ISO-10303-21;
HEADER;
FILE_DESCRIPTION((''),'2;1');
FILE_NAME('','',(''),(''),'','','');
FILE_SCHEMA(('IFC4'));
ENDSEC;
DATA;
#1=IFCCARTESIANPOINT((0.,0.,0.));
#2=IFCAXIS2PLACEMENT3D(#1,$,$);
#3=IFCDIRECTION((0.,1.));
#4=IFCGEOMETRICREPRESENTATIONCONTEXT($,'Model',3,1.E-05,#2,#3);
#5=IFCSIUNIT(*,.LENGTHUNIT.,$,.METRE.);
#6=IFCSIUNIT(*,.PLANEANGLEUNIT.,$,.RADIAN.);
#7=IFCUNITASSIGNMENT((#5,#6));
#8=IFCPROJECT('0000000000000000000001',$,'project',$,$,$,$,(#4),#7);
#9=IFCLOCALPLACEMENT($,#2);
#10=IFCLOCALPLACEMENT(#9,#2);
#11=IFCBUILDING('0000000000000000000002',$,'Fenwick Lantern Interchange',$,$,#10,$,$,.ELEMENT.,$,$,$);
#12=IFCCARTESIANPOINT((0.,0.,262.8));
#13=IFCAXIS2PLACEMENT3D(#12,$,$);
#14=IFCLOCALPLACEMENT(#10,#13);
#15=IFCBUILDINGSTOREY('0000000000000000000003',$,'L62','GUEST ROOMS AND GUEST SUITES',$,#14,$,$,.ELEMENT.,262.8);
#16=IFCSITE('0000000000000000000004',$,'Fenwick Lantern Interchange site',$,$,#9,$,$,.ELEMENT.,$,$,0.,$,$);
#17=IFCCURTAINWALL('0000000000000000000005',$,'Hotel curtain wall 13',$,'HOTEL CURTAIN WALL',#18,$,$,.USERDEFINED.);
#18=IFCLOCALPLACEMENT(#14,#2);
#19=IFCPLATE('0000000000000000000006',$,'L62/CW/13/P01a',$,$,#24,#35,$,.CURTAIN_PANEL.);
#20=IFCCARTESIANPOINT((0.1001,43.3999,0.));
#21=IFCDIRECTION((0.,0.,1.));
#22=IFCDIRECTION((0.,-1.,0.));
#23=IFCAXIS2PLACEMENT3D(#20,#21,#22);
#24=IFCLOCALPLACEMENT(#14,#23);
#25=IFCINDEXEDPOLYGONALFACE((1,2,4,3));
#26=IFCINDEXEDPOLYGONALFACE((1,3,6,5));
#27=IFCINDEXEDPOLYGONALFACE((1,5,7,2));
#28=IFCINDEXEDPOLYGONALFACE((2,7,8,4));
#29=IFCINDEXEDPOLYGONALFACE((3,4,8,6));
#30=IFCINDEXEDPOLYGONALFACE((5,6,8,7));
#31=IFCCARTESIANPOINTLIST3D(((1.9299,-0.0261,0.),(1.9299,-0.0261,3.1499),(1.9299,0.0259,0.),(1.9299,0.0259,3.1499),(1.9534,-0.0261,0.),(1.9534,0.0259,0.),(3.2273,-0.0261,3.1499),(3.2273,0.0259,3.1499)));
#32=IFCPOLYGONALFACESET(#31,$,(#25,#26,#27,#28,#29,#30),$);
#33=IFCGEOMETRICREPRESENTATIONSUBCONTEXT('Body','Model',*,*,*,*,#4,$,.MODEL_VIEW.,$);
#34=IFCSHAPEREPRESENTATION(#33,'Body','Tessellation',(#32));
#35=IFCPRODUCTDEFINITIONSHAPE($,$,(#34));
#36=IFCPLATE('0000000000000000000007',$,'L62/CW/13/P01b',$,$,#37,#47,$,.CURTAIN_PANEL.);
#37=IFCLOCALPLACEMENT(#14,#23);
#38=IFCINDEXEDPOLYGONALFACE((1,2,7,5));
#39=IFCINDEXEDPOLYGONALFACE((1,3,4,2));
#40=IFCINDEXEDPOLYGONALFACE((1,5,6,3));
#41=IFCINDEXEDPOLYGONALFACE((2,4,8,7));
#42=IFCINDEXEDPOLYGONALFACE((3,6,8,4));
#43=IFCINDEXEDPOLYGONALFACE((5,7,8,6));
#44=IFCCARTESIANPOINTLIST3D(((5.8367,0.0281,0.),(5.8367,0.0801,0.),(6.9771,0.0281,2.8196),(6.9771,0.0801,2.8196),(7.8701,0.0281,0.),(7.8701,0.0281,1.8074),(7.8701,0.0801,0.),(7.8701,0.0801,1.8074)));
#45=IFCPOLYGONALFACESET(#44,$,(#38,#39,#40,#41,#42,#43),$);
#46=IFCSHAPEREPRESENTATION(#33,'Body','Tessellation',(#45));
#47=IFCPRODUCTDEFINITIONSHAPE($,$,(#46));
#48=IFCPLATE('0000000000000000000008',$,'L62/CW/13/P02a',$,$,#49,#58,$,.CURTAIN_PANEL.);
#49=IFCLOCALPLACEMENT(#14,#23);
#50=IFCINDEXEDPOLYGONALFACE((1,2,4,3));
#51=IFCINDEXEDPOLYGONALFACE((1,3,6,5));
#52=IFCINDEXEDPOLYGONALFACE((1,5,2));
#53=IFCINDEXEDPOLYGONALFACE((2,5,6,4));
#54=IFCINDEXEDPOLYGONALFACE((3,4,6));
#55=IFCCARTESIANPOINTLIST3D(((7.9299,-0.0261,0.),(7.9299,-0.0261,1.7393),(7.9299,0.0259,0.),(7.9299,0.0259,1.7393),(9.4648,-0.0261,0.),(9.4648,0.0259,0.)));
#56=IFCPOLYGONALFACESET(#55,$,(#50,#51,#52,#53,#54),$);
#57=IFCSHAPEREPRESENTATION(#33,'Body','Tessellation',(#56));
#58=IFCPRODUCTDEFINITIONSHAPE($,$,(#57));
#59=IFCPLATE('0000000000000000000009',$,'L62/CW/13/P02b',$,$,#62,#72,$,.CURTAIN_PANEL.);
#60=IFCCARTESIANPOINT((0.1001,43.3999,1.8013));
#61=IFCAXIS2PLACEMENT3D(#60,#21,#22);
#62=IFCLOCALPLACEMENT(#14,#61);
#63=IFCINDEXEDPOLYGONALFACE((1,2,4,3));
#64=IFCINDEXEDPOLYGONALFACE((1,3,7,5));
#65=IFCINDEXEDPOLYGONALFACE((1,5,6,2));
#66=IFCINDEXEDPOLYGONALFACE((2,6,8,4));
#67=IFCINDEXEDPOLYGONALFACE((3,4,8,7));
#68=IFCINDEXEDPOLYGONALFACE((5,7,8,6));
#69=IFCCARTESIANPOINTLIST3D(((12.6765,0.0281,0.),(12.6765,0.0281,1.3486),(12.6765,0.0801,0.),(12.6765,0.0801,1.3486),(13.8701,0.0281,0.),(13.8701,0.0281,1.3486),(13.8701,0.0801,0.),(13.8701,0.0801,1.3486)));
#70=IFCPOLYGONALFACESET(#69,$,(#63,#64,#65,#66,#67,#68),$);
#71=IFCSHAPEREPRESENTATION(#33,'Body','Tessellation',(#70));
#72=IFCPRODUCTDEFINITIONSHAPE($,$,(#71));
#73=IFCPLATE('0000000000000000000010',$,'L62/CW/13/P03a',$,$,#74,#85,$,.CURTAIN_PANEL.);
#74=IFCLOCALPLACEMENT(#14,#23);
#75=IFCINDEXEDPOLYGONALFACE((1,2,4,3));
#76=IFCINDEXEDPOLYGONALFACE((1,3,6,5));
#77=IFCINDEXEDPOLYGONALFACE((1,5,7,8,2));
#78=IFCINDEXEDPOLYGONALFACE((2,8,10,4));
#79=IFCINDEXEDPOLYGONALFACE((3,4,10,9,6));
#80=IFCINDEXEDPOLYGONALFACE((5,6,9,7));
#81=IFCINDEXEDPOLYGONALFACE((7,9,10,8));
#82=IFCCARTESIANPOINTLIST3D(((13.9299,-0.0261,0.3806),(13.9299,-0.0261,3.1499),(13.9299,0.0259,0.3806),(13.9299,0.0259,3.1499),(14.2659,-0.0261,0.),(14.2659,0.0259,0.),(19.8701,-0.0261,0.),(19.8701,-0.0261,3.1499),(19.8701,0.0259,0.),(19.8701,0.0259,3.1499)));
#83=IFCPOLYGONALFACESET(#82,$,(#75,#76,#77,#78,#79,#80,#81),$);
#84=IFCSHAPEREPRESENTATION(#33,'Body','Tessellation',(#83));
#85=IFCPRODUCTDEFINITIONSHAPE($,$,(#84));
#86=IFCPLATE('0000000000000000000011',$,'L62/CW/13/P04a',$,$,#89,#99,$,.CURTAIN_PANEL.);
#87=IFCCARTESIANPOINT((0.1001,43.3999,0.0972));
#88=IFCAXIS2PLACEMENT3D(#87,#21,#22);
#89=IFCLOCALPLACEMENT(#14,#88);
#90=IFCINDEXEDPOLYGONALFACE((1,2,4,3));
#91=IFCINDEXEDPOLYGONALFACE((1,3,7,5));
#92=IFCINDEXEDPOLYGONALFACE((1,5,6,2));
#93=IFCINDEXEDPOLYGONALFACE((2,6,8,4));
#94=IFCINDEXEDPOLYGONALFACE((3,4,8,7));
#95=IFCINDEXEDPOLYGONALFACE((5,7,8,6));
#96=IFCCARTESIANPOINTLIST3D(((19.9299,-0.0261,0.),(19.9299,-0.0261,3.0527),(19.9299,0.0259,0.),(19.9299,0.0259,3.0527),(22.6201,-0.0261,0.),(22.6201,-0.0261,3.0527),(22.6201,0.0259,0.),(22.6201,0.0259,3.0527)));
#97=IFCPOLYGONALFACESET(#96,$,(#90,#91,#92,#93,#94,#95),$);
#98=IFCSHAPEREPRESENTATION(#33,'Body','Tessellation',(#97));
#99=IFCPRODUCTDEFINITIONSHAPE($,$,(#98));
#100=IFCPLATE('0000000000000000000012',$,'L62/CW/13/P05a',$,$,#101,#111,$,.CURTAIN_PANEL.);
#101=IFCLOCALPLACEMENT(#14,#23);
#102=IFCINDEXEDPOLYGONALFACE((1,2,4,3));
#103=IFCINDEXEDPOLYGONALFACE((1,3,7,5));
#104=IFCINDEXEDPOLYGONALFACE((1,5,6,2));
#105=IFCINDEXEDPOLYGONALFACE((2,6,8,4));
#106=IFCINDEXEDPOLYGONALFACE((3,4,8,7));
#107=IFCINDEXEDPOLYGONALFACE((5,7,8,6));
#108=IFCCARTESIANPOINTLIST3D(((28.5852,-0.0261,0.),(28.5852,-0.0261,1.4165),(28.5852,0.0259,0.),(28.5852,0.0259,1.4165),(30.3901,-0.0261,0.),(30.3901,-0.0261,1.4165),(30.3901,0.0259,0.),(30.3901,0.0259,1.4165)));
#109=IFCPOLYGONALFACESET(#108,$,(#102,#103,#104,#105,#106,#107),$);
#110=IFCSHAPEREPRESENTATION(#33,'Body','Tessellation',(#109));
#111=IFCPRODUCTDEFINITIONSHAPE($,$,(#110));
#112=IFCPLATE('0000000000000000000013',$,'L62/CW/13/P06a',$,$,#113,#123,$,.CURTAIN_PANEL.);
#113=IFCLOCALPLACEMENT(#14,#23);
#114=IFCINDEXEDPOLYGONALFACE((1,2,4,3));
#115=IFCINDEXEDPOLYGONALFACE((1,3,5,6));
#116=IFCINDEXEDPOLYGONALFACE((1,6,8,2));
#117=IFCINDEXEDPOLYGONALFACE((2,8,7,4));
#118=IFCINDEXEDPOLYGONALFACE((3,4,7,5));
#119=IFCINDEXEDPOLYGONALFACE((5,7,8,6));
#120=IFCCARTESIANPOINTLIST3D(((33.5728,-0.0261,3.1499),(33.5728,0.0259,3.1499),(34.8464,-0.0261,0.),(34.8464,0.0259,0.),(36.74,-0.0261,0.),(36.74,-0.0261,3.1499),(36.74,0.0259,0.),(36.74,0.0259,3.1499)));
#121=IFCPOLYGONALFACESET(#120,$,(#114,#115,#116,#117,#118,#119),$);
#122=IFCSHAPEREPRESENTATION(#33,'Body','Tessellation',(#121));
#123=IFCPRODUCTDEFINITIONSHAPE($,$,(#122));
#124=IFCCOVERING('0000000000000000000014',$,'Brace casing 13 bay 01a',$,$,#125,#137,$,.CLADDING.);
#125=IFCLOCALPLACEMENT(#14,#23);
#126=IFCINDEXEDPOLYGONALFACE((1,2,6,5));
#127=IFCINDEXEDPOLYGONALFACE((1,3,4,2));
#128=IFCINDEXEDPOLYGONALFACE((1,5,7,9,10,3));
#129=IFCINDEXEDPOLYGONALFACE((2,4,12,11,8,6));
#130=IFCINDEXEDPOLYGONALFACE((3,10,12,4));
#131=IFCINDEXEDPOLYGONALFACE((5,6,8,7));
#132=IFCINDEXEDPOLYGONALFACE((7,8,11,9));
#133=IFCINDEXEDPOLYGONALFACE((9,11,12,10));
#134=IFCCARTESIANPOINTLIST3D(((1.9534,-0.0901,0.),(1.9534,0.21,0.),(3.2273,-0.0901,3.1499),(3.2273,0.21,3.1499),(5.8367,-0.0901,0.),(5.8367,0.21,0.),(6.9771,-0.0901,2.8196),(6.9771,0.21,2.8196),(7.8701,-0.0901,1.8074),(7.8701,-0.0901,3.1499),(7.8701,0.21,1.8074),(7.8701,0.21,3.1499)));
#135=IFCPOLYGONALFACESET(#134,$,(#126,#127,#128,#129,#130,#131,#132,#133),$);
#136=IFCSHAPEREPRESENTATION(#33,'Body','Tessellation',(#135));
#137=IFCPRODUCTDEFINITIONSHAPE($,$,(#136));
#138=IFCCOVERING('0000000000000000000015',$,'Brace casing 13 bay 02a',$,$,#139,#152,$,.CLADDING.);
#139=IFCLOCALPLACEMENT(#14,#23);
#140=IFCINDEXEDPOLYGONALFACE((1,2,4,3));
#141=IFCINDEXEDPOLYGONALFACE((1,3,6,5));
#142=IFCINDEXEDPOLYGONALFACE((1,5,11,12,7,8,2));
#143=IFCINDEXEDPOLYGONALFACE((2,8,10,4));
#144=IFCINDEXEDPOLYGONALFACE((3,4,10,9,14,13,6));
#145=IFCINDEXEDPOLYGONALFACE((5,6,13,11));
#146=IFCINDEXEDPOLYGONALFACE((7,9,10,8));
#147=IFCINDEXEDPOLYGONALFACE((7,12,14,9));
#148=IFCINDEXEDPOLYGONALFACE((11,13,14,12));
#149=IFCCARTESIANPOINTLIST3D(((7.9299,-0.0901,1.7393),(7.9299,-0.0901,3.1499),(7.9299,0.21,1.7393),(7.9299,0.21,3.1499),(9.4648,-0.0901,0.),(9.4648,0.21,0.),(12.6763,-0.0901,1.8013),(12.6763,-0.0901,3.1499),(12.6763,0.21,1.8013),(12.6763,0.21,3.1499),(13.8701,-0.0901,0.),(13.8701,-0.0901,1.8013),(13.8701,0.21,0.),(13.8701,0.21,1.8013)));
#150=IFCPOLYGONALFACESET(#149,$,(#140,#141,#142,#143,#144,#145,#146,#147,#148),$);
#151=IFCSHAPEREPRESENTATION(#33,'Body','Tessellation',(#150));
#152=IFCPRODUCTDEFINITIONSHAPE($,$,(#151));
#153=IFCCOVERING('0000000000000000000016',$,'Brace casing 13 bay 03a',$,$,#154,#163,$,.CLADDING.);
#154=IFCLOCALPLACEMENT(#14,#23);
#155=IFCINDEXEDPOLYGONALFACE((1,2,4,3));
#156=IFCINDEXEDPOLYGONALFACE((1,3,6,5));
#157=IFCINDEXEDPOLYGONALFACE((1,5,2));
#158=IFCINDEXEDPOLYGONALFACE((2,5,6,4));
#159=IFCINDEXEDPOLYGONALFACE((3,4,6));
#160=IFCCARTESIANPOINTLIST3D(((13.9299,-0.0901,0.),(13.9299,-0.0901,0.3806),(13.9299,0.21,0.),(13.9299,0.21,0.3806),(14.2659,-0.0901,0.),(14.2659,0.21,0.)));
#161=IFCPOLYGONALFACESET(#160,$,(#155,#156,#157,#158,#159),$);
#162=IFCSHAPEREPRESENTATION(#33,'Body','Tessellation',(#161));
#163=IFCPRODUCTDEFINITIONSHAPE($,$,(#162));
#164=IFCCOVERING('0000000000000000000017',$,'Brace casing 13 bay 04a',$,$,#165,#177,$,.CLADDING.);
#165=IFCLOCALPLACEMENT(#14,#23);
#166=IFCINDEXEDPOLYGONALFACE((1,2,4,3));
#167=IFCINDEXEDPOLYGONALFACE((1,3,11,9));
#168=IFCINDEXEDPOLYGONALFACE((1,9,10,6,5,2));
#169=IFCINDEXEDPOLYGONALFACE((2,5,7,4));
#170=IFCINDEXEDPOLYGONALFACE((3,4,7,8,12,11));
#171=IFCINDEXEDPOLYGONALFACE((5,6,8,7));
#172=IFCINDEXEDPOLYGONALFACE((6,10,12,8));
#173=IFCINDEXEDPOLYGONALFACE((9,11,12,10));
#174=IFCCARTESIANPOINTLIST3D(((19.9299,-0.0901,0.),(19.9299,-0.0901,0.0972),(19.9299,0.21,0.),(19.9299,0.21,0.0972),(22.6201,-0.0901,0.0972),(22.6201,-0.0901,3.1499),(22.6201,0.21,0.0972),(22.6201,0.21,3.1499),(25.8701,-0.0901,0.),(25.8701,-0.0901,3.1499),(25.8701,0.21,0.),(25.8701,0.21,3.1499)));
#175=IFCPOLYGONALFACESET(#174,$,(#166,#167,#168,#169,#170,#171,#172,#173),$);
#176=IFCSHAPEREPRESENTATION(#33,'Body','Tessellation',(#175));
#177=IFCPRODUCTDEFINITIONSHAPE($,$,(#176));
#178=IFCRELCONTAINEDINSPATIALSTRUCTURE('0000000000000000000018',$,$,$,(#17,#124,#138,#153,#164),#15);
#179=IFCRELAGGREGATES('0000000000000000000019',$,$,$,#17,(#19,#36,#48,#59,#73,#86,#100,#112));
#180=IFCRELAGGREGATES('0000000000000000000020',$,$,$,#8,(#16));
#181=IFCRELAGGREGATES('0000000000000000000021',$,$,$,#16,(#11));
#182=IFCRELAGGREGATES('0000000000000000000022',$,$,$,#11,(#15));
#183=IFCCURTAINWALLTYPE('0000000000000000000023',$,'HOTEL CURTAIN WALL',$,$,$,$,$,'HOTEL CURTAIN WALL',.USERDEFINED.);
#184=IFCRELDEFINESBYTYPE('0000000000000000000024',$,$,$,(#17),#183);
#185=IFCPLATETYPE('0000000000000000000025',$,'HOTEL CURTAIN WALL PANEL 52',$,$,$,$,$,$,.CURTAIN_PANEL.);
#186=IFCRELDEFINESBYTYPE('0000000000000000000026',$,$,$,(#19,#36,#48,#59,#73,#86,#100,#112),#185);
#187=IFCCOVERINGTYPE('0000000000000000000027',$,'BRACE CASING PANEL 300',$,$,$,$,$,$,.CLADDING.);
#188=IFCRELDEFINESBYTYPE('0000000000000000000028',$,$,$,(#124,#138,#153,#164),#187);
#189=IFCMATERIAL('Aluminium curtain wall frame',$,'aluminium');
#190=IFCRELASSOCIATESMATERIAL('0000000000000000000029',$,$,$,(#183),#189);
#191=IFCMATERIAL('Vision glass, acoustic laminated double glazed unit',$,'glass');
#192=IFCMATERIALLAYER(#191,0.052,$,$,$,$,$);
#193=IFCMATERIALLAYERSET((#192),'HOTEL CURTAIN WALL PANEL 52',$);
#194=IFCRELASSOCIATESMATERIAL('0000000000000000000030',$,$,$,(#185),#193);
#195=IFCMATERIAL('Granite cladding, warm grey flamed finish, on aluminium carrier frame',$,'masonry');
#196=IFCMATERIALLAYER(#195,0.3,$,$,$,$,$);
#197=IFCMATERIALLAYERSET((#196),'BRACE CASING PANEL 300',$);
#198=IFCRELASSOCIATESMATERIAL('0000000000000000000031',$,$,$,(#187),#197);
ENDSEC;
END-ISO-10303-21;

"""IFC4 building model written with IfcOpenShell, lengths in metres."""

from ifc_helpers import new_model, si_unit, direction, frame, origin, place, context, subcontext, project, spatial, polyline, outline, extrude, material, layer, layer_set, type_object, element, aggregate, save


model = new_model("IFC4")

# Units and contexts
model_context = context("Model", 3, precision=1e-05, world=origin(), true_north=direction((0.0, 1.0)))
body_context = subcontext(model_context, "Body", "Model", "MODEL_VIEW")
ifc_project = project(units=[si_unit("LENGTHUNIT", "METRE"), si_unit("PLANEANGLEUNIT", "RADIAN")], contexts=[model_context])

# Site, building, storey
site_placement = place(None, origin())
site = spatial("IfcSite", under=ifc_project, at=site_placement, Name="Fenwick Lantern Interchange site", CompositionType="ELEMENT", RefElevation=0.0)
building_placement = place(site_placement, origin())
building = spatial("IfcBuilding", under=site, at=building_placement, Name="Fenwick Lantern Interchange", CompositionType="ELEMENT")
storey_placement = place(building_placement, frame((0.0, 0.0, 262.8)))
storey = spatial("IfcBuildingStorey", under=building, at=storey_placement, Name="L62", Description="GUEST ROOMS AND GUEST SUITES", CompositionType="ELEMENT", Elevation=262.8)

# Shared definitions
ifc_material_1 = material(Name="Aluminium curtain wall frame", Category="aluminium")
curtain_wall_type = type_object("IfcCurtainWallType", Name="HOTEL CURTAIN WALL", ElementType="HOTEL CURTAIN WALL", PredefinedType="USERDEFINED", material=ifc_material_1)

# Curtain wall
curtain_wall_1_placement = place(storey_placement, origin())
curtain_wall_1 = element("IfcCurtainWall", 1, at=curtain_wall_1_placement, inside=storey, type_object=curtain_wall_type, Name="Hotel curtain wall 13", ObjectType="HOTEL CURTAIN WALL", PredefinedType="USERDEFINED")

# Plates
ifc_material_2 = material(Name="Vision glass, acoustic laminated double glazed unit", Category="glass")
ifc_layer_1 = layer(ifc_material_2, 0.052)
ifc_layer_set_1 = layer_set([ifc_layer_1], Name="HOTEL CURTAIN WALL PANEL 52")
plate_type = type_object("IfcPlateType", Name="HOTEL CURTAIN WALL PANEL 52", PredefinedType="CURTAIN_PANEL", material=ifc_layer_set_1)
plate_1_placement = place(storey_placement, frame((0.1001, 43.3999, 0.0), z_axis=(0.0, 0.0, 1.0), x_axis=(0.0, -1.0, 0.0)))
plate_1 = element("IfcPlate", 2, at=plate_1_placement, type_object=plate_type, Name="L62/CW/13/P01a", PredefinedType="CURTAIN_PANEL", context=body_context, shape_type="SweptSolid", body=[
    extrude(outline(polyline([(1.9299, 0.0), (1.9534, 0.0), (3.2273, 3.1499), (1.9299, 3.1499), (1.9299, 0.0)])), frame((0.0, 0.0259, 0.0), z_axis=(0.0, -1.0, 0.0), x_axis=(1.0, 0.0, 0.0)), (0.0, 0.0, 1.0), 0.052),
])
plate_2_placement = place(storey_placement, frame((0.1001, 43.3999, 0.0), z_axis=(0.0, 0.0, 1.0), x_axis=(0.0, -1.0, 0.0)))
plate_2 = element("IfcPlate", 3, at=plate_2_placement, type_object=plate_type, Name="L62/CW/13/P01b", PredefinedType="CURTAIN_PANEL", context=body_context, shape_type="SweptSolid", body=[
    extrude(outline(polyline([(5.8367, 0.0), (7.8701, 0.0), (7.8701, 1.8074), (6.9771, 2.8196), (5.8367, 0.0)])), frame((0.0, 0.0801, 0.0), z_axis=(0.0, -1.0, 0.0), x_axis=(1.0, 0.0, 0.0)), (0.0, 0.0, 1.0), 0.052),
])
plate_3_placement = place(storey_placement, frame((0.1001, 43.3999, 0.0), z_axis=(0.0, 0.0, 1.0), x_axis=(0.0, -1.0, 0.0)))
plate_3 = element("IfcPlate", 4, at=plate_3_placement, type_object=plate_type, Name="L62/CW/13/P02a", PredefinedType="CURTAIN_PANEL", context=body_context, shape_type="SweptSolid", body=[
    extrude(outline(polyline([(7.9299, 0.0), (9.4648, 0.0), (7.9299, 1.7393), (7.9299, 0.0)])), frame((0.0, 0.0259, 0.0), z_axis=(0.0, -1.0, 0.0), x_axis=(1.0, 0.0, 0.0)), (0.0, 0.0, 1.0), 0.052),
])
plate_4_placement = place(storey_placement, frame((0.1001, 43.3999, 1.8013), z_axis=(0.0, 0.0, 1.0), x_axis=(0.0, -1.0, 0.0)))
plate_4 = element("IfcPlate", 5, at=plate_4_placement, type_object=plate_type, Name="L62/CW/13/P02b", PredefinedType="CURTAIN_PANEL", context=body_context, shape_type="SweptSolid", body=[
    extrude(outline(polyline([(12.6765, 0.0), (13.8701, 0.0), (13.8701, 1.3486), (12.6765, 1.3486), (12.6765, 0.0)])), frame((0.0, 0.0801, 0.0), z_axis=(0.0, -1.0, 0.0), x_axis=(1.0, 0.0, 0.0)), (0.0, 0.0, 1.0), 0.052),
])
plate_5_placement = place(storey_placement, frame((0.1001, 43.3999, 0.0), z_axis=(0.0, 0.0, 1.0), x_axis=(0.0, -1.0, 0.0)))
plate_5 = element("IfcPlate", 6, at=plate_5_placement, type_object=plate_type, Name="L62/CW/13/P03a", PredefinedType="CURTAIN_PANEL", context=body_context, shape_type="SweptSolid", body=[
    extrude(outline(polyline([(14.2659, 0.0), (19.8701, 0.0), (19.8701, 3.1499), (13.9299, 3.1499), (13.9299, 0.3806), (14.2659, 0.0)])), frame((0.0, 0.0259, 0.0), z_axis=(0.0, -1.0, 0.0), x_axis=(1.0, 0.0, 0.0)), (0.0, 0.0, 1.0), 0.052),
])
plate_6_placement = place(storey_placement, frame((0.1001, 43.3999, 0.0972), z_axis=(0.0, 0.0, 1.0), x_axis=(0.0, -1.0, 0.0)))
plate_6 = element("IfcPlate", 7, at=plate_6_placement, type_object=plate_type, Name="L62/CW/13/P04a", PredefinedType="CURTAIN_PANEL", context=body_context, shape_type="SweptSolid", body=[
    extrude(outline(polyline([(19.9299, 0.0), (22.6201, 0.0), (22.6201, 3.0527), (19.9299, 3.0527), (19.9299, 0.0)])), frame((0.0, 0.0259, 0.0), z_axis=(0.0, -1.0, 0.0), x_axis=(1.0, 0.0, 0.0)), (0.0, 0.0, 1.0), 0.052),
])
plate_7_placement = place(storey_placement, frame((0.1001, 43.3999, 0.0), z_axis=(0.0, 0.0, 1.0), x_axis=(0.0, -1.0, 0.0)))
plate_7 = element("IfcPlate", 8, at=plate_7_placement, type_object=plate_type, Name="L62/CW/13/P05a", PredefinedType="CURTAIN_PANEL", context=body_context, shape_type="SweptSolid", body=[
    extrude(outline(polyline([(28.5852, 0.0), (30.3901, 0.0), (30.3901, 1.4165), (28.5852, 1.4165), (28.5852, 0.0)])), frame((0.0, 0.0259, 0.0), z_axis=(0.0, -1.0, 0.0), x_axis=(1.0, 0.0, 0.0)), (0.0, 0.0, 1.0), 0.052),
])
plate_8_placement = place(storey_placement, frame((0.1001, 43.3999, 0.0), z_axis=(0.0, 0.0, 1.0), x_axis=(0.0, -1.0, 0.0)))
plate_8 = element("IfcPlate", 9, at=plate_8_placement, type_object=plate_type, Name="L62/CW/13/P06a", PredefinedType="CURTAIN_PANEL", context=body_context, shape_type="SweptSolid", body=[
    extrude(outline(polyline([(34.8464, 0.0), (36.74, 0.0), (36.74, 3.1499), (33.5728, 3.1499), (34.8464, 0.0)])), frame((0.0, 0.0259, 0.0), z_axis=(0.0, -1.0, 0.0), x_axis=(1.0, 0.0, 0.0)), (0.0, 0.0, 1.0), 0.052),
])
aggregate(curtain_wall_1, [plate_1, plate_2, plate_3, plate_4, plate_5, plate_6, plate_7, plate_8])

# Coverings
ifc_material_3 = material(Name="Granite cladding, warm grey flamed finish, on aluminium carrier frame", Category="masonry")
ifc_layer_2 = layer(ifc_material_3, 0.3)
ifc_layer_set_2 = layer_set([ifc_layer_2], Name="BRACE CASING PANEL 300")
covering_type = type_object("IfcCoveringType", Name="BRACE CASING PANEL 300", PredefinedType="CLADDING", material=ifc_layer_set_2)
covering_1_placement = place(storey_placement, frame((0.1001, 43.3999, 0.0), z_axis=(0.0, 0.0, 1.0), x_axis=(0.0, -1.0, 0.0)))
element("IfcCovering", 10, at=covering_1_placement, inside=storey, type_object=covering_type, Name="Brace casing 13 bay 01a", PredefinedType="CLADDING", context=body_context, shape_type="SweptSolid", body=[
    extrude(outline(polyline([(1.9534, 0.0), (5.8367, 0.0), (6.9771, 2.8196), (7.8701, 1.8074), (7.8701, 3.1499), (3.2273, 3.1499), (1.9534, 0.0)])), frame((0.0, 0.21, 0.0), z_axis=(0.0, -1.0, 0.0), x_axis=(1.0, 0.0, 0.0)), (0.0, 0.0, 1.0), 0.3),
])
covering_2_placement = place(storey_placement, frame((0.1001, 43.3999, 0.0), z_axis=(0.0, 0.0, 1.0), x_axis=(0.0, -1.0, 0.0)))
element("IfcCovering", 11, at=covering_2_placement, inside=storey, type_object=covering_type, Name="Brace casing 13 bay 02a", PredefinedType="CLADDING", context=body_context, shape_type="SweptSolid", body=[
    extrude(outline(polyline([(9.4648, 0.0), (13.8701, 0.0), (13.8701, 1.8013), (12.6763, 1.8013), (12.6763, 3.1499), (7.9299, 3.1499), (7.9299, 1.7393), (9.4648, 0.0)])), frame((0.0, 0.21, 0.0), z_axis=(0.0, -1.0, 0.0), x_axis=(1.0, 0.0, 0.0)), (0.0, 0.0, 1.0), 0.3),
])
covering_3_placement = place(storey_placement, frame((0.1001, 43.3999, 0.0), z_axis=(0.0, 0.0, 1.0), x_axis=(0.0, -1.0, 0.0)))
element("IfcCovering", 12, at=covering_3_placement, inside=storey, type_object=covering_type, Name="Brace casing 13 bay 03a", PredefinedType="CLADDING", context=body_context, shape_type="SweptSolid", body=[
    extrude(outline(polyline([(13.9299, 0.0), (14.2659, 0.0), (13.9299, 0.3806), (13.9299, 0.0)])), frame((0.0, 0.21, 0.0), z_axis=(0.0, -1.0, 0.0), x_axis=(1.0, 0.0, 0.0)), (0.0, 0.0, 1.0), 0.3),
])
covering_4_placement = place(storey_placement, frame((0.1001, 43.3999, 0.0), z_axis=(0.0, 0.0, 1.0), x_axis=(0.0, -1.0, 0.0)))
element("IfcCovering", 13, at=covering_4_placement, inside=storey, type_object=covering_type, Name="Brace casing 13 bay 04a", PredefinedType="CLADDING", context=body_context, shape_type="SweptSolid", body=[
    extrude(outline(polyline([(19.9299, 0.0), (25.8701, 0.0), (25.8701, 3.1499), (22.6201, 3.1499), (22.6201, 0.0972), (19.9299, 0.0972), (19.9299, 0.0)])), frame((0.0, 0.21, 0.0), z_axis=(0.0, -1.0, 0.0), x_axis=(1.0, 0.0, 0.0)), (0.0, 0.0, 1.0), 0.3),
])

save(model, "model.ifc")
